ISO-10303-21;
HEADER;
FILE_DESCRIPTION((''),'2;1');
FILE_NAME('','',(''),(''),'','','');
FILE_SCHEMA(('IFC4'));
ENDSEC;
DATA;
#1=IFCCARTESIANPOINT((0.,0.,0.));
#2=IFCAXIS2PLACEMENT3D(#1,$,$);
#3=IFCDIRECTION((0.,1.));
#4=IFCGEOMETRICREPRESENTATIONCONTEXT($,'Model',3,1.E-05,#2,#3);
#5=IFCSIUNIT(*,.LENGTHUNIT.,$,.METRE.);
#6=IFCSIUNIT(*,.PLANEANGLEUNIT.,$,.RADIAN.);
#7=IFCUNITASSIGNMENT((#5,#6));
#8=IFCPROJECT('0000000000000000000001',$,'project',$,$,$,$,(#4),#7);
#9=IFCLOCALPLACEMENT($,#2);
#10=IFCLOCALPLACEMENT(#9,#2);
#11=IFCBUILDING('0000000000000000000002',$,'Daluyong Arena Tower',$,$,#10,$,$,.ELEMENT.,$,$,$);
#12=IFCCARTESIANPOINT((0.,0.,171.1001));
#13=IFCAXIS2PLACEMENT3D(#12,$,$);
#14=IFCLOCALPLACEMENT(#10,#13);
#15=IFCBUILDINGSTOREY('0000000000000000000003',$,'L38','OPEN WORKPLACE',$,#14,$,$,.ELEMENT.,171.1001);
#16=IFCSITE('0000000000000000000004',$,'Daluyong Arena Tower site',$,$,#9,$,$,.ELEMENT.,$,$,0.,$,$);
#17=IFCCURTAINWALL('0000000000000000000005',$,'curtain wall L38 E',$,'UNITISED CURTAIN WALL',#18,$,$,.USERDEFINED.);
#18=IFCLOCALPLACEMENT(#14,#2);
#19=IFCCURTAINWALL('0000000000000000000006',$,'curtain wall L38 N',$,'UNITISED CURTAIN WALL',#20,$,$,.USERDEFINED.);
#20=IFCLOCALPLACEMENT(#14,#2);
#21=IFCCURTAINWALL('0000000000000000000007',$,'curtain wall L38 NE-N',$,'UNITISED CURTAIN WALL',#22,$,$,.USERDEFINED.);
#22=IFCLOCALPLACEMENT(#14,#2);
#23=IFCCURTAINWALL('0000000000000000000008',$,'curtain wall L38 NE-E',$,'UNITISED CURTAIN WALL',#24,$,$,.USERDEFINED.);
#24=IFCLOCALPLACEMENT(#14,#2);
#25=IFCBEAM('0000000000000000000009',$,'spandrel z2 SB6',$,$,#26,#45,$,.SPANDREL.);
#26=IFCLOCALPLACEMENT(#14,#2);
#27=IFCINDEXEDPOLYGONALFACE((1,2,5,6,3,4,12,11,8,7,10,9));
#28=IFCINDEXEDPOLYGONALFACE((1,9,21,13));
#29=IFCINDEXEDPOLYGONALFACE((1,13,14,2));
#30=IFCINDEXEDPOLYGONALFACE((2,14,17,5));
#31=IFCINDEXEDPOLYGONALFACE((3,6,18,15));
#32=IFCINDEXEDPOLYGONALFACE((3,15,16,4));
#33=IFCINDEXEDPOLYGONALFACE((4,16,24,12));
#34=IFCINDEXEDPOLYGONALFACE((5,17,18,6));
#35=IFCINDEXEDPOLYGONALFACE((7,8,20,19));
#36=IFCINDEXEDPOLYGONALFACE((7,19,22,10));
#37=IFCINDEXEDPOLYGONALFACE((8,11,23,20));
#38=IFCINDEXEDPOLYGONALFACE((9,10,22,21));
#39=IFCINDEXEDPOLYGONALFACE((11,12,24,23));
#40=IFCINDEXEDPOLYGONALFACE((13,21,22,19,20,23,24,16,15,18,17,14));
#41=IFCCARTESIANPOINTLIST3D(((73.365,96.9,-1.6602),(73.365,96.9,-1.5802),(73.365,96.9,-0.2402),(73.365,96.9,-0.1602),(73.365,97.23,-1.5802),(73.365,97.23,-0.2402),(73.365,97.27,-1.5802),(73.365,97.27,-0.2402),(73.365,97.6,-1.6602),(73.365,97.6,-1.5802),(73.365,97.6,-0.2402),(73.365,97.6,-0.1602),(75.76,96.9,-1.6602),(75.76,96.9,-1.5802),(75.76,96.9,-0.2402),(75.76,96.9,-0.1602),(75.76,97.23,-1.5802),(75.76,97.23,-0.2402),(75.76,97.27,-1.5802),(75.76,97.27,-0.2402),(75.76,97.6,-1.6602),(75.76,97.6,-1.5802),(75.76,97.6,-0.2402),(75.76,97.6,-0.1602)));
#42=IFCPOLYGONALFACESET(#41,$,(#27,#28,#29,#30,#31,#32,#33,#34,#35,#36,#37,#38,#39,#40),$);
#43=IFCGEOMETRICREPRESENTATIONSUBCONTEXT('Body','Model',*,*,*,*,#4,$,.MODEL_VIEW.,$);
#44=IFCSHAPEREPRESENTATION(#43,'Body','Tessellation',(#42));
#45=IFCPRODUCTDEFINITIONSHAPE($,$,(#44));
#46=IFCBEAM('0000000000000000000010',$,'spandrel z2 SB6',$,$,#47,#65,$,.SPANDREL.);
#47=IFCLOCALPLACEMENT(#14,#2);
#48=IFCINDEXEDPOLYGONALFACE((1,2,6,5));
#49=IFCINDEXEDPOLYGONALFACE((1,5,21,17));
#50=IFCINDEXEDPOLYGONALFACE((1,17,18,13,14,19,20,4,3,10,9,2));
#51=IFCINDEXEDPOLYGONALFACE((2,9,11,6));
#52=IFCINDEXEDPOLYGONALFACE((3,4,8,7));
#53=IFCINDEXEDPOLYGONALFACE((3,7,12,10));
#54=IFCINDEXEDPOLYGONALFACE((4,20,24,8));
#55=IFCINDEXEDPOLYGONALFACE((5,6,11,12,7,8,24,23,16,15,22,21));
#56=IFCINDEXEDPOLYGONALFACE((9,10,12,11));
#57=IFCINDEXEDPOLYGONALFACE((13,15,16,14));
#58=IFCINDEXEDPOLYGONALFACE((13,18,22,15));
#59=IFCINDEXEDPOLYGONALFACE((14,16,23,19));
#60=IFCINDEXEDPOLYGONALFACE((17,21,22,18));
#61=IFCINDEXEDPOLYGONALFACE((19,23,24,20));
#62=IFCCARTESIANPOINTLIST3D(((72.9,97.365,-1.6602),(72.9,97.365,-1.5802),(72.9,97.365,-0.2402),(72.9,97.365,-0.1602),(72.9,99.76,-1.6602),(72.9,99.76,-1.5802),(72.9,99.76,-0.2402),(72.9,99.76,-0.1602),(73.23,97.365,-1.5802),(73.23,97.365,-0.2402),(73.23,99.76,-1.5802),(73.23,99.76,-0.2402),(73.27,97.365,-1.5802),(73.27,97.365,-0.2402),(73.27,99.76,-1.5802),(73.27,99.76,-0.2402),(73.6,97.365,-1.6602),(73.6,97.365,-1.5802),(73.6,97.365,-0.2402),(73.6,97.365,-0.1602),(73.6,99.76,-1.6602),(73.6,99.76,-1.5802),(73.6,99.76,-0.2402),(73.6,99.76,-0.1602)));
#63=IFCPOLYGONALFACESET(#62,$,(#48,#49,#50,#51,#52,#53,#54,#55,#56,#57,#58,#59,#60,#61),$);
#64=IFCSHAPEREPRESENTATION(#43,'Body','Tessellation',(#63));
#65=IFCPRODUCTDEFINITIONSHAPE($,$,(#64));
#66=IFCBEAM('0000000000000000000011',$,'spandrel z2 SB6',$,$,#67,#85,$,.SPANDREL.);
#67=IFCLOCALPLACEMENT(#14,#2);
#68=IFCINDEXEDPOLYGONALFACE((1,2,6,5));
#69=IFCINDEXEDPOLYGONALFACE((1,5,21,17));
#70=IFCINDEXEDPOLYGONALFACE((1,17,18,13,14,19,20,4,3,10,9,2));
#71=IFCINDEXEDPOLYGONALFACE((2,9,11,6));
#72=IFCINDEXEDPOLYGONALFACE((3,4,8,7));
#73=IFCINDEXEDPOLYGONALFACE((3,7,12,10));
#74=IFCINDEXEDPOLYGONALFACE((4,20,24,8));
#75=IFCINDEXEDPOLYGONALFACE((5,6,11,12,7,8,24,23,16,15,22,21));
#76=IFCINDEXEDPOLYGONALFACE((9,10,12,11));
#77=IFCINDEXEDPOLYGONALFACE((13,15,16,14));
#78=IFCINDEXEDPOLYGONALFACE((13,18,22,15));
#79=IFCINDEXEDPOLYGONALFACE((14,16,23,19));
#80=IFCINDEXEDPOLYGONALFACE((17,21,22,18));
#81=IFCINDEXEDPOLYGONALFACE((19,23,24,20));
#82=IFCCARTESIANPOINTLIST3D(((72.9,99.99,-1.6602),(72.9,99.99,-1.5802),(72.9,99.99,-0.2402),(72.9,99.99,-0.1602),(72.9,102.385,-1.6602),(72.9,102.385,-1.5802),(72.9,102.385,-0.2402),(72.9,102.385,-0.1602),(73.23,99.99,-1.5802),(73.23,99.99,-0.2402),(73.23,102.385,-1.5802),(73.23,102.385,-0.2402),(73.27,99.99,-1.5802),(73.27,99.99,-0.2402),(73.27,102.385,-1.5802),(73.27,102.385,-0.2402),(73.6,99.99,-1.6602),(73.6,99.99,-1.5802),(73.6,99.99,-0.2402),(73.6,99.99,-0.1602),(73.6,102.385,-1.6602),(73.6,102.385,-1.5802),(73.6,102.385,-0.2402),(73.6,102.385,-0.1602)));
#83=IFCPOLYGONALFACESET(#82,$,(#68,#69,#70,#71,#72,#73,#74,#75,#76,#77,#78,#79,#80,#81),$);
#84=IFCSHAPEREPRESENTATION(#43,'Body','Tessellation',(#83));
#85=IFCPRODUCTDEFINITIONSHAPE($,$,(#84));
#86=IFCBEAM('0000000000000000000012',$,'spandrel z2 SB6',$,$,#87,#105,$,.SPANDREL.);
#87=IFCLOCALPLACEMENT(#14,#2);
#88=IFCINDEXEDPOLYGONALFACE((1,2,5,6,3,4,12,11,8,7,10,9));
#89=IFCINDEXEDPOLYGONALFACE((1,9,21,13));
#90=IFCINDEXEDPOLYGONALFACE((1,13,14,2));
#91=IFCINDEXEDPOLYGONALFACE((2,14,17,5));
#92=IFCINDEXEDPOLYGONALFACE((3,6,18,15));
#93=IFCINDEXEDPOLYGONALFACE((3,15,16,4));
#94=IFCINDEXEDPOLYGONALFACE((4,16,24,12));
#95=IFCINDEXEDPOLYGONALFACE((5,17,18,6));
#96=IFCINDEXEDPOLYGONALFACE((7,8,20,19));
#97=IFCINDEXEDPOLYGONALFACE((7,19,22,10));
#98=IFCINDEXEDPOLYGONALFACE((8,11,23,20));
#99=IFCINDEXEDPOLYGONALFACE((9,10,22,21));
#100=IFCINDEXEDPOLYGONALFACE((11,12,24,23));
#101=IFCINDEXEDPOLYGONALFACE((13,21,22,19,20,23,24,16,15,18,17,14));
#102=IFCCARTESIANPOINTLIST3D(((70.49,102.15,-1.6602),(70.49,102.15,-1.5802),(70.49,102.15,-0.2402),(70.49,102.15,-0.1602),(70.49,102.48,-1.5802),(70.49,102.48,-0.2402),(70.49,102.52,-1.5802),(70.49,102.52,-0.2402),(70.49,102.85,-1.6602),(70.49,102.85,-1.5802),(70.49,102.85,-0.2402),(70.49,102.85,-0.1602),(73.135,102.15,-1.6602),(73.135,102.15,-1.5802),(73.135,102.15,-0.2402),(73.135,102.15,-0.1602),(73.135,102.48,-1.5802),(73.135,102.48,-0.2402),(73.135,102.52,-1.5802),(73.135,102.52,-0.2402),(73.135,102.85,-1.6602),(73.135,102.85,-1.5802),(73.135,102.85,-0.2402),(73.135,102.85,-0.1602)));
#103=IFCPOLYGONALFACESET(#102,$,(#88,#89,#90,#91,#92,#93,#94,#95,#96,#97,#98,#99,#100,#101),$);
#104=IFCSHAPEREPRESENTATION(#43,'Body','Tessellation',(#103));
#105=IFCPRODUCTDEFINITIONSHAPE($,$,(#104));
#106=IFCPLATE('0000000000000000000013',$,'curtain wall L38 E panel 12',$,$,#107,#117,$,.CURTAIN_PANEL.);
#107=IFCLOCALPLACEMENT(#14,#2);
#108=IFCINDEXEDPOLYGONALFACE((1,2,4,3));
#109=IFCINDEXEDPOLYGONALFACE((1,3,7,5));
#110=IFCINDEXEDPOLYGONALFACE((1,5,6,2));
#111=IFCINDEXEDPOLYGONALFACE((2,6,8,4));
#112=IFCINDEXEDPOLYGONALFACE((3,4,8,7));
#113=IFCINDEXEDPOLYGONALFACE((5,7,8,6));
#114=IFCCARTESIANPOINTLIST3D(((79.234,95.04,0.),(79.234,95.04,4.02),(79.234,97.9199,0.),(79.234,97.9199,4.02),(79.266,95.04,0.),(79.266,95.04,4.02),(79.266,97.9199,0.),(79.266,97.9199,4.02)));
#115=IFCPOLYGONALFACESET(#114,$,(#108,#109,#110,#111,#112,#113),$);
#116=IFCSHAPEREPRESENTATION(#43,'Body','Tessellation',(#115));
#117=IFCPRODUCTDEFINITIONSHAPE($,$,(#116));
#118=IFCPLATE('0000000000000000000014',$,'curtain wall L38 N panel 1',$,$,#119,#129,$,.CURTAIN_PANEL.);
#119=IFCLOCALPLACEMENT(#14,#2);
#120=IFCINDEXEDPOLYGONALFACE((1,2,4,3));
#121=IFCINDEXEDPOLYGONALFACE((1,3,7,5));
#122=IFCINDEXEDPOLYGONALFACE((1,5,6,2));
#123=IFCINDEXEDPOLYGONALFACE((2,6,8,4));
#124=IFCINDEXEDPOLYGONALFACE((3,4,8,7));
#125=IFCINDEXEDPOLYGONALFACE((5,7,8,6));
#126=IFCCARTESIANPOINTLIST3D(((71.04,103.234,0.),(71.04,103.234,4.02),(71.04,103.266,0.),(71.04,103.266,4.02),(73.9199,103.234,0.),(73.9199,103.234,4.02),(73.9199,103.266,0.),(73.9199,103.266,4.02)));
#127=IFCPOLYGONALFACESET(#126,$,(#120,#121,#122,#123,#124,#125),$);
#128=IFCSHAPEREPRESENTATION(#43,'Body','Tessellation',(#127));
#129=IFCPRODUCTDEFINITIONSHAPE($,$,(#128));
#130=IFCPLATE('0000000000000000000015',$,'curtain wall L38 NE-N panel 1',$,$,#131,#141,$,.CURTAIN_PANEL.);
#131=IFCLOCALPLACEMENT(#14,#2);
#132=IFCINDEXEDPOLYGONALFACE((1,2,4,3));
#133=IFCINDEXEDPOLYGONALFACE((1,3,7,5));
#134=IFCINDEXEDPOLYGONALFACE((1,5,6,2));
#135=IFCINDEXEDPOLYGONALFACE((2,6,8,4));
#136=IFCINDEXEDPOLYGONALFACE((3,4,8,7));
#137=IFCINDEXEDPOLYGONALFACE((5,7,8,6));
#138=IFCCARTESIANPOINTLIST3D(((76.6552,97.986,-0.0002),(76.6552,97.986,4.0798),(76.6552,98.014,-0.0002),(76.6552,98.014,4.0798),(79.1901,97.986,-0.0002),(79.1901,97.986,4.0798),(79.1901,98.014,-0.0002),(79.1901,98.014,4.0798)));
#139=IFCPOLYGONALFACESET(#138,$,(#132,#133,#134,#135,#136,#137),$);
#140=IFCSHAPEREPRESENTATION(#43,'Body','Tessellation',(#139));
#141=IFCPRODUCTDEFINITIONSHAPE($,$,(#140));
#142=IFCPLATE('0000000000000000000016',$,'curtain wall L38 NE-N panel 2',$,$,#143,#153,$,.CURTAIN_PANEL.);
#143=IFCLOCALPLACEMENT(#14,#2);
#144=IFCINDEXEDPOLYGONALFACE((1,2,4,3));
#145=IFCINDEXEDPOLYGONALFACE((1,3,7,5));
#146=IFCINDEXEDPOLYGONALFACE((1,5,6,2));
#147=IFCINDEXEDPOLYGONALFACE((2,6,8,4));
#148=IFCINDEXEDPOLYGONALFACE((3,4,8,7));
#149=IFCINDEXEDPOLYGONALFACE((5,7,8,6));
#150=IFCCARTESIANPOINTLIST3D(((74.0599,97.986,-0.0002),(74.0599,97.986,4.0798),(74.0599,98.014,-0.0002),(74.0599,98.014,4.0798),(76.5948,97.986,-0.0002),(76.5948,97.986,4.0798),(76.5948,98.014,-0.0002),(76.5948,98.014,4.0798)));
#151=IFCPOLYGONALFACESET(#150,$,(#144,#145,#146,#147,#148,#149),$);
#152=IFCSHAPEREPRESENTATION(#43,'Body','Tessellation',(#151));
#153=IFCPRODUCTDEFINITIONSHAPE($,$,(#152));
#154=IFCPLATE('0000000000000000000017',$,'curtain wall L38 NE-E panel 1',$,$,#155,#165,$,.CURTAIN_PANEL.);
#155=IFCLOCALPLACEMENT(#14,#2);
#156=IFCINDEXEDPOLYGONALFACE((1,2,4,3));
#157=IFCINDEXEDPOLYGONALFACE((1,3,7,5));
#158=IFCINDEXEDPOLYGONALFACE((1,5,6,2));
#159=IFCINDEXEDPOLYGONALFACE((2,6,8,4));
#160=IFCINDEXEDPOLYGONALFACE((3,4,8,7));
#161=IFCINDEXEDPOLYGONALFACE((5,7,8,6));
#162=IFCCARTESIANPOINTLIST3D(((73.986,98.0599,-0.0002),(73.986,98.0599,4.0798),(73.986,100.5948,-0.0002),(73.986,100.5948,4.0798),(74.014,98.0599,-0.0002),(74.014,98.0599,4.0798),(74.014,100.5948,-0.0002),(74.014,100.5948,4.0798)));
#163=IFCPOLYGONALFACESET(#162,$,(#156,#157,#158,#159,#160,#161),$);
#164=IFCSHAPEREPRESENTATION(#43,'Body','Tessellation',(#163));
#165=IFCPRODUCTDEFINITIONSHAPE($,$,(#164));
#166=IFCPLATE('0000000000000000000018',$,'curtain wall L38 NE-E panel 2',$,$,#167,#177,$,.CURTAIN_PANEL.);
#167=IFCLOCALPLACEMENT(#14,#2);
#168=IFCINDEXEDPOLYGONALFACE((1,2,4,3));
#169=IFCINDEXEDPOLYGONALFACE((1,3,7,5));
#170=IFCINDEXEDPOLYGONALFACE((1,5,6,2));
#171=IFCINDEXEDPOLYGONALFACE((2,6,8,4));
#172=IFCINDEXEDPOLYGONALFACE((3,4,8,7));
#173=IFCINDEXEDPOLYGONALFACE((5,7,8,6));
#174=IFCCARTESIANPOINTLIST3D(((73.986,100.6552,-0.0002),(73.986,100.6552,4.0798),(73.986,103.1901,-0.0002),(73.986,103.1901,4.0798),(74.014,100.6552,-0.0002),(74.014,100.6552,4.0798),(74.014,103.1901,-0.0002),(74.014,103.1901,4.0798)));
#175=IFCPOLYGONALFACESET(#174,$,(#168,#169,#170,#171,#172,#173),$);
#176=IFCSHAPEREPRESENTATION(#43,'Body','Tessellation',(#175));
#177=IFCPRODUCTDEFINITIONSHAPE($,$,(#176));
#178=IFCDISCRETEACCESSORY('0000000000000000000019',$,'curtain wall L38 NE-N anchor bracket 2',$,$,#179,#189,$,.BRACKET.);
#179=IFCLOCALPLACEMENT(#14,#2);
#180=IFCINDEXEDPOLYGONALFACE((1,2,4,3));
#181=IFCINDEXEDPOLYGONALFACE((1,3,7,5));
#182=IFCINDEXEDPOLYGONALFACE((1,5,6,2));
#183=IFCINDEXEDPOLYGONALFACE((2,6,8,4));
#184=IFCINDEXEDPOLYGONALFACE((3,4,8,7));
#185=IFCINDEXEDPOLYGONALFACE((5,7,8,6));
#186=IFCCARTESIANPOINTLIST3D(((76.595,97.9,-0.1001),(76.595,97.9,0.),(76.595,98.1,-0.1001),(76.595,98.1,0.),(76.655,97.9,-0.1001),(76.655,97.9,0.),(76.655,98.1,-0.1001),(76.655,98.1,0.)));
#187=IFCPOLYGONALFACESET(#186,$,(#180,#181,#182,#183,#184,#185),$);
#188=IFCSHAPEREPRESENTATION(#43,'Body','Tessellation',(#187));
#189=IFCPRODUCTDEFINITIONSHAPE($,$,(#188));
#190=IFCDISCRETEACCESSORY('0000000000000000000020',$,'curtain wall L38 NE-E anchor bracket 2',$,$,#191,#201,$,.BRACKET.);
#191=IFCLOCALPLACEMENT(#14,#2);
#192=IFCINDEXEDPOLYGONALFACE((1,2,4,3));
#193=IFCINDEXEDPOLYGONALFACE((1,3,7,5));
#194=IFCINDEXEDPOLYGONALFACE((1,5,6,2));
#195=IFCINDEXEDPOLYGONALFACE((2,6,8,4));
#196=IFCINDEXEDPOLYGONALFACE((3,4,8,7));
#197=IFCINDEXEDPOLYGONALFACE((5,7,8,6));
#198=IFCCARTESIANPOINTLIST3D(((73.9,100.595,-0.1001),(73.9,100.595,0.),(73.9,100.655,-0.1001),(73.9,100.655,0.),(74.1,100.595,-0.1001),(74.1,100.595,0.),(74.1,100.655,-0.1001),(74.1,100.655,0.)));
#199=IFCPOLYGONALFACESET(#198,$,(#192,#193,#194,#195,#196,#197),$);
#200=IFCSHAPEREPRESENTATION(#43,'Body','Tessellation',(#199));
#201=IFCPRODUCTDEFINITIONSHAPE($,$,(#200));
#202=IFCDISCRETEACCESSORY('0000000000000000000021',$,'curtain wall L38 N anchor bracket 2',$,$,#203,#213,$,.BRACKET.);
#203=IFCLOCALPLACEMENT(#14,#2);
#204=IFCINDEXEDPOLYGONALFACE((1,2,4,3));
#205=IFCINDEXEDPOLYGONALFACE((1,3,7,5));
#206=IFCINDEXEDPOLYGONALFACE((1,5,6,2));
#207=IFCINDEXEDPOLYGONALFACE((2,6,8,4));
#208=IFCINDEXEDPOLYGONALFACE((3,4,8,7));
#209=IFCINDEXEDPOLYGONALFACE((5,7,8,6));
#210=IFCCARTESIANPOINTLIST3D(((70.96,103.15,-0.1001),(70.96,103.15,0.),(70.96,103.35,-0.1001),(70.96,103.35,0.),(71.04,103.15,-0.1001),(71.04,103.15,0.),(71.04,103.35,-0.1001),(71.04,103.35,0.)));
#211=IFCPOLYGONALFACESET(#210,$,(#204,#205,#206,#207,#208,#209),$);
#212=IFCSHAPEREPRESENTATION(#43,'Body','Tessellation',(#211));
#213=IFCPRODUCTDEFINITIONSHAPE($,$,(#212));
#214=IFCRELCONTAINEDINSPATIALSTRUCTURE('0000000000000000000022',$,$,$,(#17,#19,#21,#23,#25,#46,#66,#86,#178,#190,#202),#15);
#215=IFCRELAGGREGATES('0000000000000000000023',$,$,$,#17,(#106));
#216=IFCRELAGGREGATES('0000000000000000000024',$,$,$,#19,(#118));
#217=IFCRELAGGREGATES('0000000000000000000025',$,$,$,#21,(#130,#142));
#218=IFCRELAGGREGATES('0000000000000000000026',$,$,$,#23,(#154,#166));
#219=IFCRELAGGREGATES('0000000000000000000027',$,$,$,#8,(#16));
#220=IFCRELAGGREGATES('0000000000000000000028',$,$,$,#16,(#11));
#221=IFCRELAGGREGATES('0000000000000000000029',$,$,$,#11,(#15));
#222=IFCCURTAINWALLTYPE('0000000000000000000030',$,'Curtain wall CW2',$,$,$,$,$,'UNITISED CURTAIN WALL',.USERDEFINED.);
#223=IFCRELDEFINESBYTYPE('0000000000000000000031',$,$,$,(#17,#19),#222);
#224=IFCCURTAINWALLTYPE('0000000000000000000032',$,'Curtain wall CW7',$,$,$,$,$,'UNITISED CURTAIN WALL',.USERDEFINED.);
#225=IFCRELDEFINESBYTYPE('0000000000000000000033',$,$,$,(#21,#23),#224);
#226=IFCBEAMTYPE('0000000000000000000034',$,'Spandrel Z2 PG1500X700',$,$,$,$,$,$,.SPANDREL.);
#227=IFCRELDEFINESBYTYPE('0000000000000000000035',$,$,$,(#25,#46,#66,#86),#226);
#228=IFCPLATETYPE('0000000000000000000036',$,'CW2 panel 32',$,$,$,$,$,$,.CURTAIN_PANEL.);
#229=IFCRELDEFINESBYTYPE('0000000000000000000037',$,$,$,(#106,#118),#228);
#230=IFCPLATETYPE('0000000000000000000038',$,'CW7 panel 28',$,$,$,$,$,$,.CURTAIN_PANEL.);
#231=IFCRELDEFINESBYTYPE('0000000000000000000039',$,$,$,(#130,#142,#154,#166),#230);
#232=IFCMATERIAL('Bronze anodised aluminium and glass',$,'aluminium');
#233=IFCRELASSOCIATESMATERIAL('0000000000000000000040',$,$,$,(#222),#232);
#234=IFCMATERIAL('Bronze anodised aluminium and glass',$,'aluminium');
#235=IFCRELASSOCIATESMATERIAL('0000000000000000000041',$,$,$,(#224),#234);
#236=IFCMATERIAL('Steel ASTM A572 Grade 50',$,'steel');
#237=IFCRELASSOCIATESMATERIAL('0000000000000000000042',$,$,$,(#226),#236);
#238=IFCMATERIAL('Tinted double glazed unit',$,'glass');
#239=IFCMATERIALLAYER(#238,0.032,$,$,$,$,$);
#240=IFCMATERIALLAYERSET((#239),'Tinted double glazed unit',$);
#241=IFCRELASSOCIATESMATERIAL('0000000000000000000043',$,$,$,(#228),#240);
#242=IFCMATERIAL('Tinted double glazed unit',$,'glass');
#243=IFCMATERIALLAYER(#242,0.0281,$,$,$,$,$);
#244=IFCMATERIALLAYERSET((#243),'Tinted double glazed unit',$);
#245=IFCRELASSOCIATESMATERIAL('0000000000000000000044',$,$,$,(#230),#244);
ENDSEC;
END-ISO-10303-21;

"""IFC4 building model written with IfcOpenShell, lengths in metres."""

from ifc_helpers import new_model, si_unit, direction, frame, origin, origin_2d, place, context, subcontext, project, spatial, rectangle, i_section, extrude, material, layer, layer_set, material_profile, profile_set, type_object, element, aggregate, save


model = new_model("IFC4")

# Units and contexts
model_context = context("Model", 3, precision=1e-05, world=origin(), true_north=direction((0.0, 1.0)))
body_context = subcontext(model_context, "Body", "Model", "MODEL_VIEW")
ifc_project = project(units=[si_unit("LENGTHUNIT", "METRE"), si_unit("PLANEANGLEUNIT", "RADIAN")], contexts=[model_context])

# Site, building, storey
site_placement = place(None, origin())
site = spatial("IfcSite", under=ifc_project, at=site_placement, Name="Daluyong Arena Tower site", CompositionType="ELEMENT", RefElevation=0.0)
building_placement = place(site_placement, origin())
building = spatial("IfcBuilding", under=site, at=building_placement, Name="Daluyong Arena Tower", CompositionType="ELEMENT")
storey_placement = place(building_placement, frame((0.0, 0.0, 171.1001)))
storey = spatial("IfcBuildingStorey", under=building, at=storey_placement, Name="L38", Description="OPEN WORKPLACE", CompositionType="ELEMENT", Elevation=171.1001)

# Curtain wall
ifc_material_1 = material(Name="Bronze anodised aluminium and glass", Category="aluminium")
curtain_wall_type_1 = type_object("IfcCurtainWallType", Name="Curtain wall CW2", ElementType="UNITISED CURTAIN WALL", PredefinedType="USERDEFINED", material=ifc_material_1)
curtain_wall_1_placement = place(storey_placement, origin())
curtain_wall_1 = element("IfcCurtainWall", 1, at=curtain_wall_1_placement, inside=storey, type_object=curtain_wall_type_1, Name="curtain wall L38 E", ObjectType="UNITISED CURTAIN WALL", PredefinedType="USERDEFINED")

# Curtain walls
curtain_wall_2_placement = place(storey_placement, origin())
curtain_wall_2 = element("IfcCurtainWall", 2, at=curtain_wall_2_placement, inside=storey, type_object=curtain_wall_type_1, Name="curtain wall L38 N", ObjectType="UNITISED CURTAIN WALL", PredefinedType="USERDEFINED")
ifc_material_2 = material(Name="Bronze anodised aluminium and glass", Category="aluminium")
curtain_wall_type_2 = type_object("IfcCurtainWallType", Name="Curtain wall CW7", ElementType="UNITISED CURTAIN WALL", PredefinedType="USERDEFINED", material=ifc_material_2)
curtain_wall_3_placement = place(storey_placement, origin())
curtain_wall_3 = element("IfcCurtainWall", 3, at=curtain_wall_3_placement, inside=storey, type_object=curtain_wall_type_2, Name="curtain wall L38 NE-N", ObjectType="UNITISED CURTAIN WALL", PredefinedType="USERDEFINED")
curtain_wall_4_placement = place(storey_placement, origin())
curtain_wall_4 = element("IfcCurtainWall", 4, at=curtain_wall_4_placement, inside=storey, type_object=curtain_wall_type_2, Name="curtain wall L38 NE-E", ObjectType="UNITISED CURTAIN WALL", PredefinedType="USERDEFINED")

# Beams
ifc_material_3 = material(Name="Steel ASTM A572 Grade 50", Category="steel")
ifc_material_profile_1 = material_profile(ifc_material_3, i_section(OverallWidth=0.7, OverallDepth=1.5, WebThickness=0.04, FlangeThickness=0.08, at=origin_2d()))
ifc_profile_set_1 = profile_set([ifc_material_profile_1], Name="Steel ASTM A572 Grade 50")
beam_type_1 = type_object("IfcBeamType", Name="Spandrel Z2 PG1500X700", PredefinedType="SPANDREL", material=ifc_profile_set_1)
for number, where, z_axis, x_axis, name in (
    (5, (75.76, 97.25, -0.9102), (-1.0, 0.0, 0.0), (0.0, -1.0, 0.0), "spandrel z2 SB6"),
    (6, (73.25, 97.365, -0.9102), (0.0, 1.0, 0.0), (-1.0, 0.0, 0.0), "spandrel z2 SB6"),
    (7, (73.25, 99.99, -0.9102), (0.0, 1.0, 0.0), (-1.0, 0.0, 0.0), "spandrel z2 SB6"),
):
    element("IfcBeam", number, at=place(storey_placement, frame(where, z_axis=z_axis, x_axis=x_axis)), inside=storey, type_object=beam_type_1, Name=name, PredefinedType="SPANDREL", context=body_context, shape_type="SweptSolid", body=[
        extrude(i_section(OverallWidth=0.7, OverallDepth=1.5, WebThickness=0.04, FlangeThickness=0.08, at=origin_2d()), origin(), (0.0, 0.0, 1.0), 2.395),
    ])
beam_1_placement = place(storey_placement, frame((73.135, 102.5, -0.9102), z_axis=(-1.0, 0.0, 0.0), x_axis=(0.0, -1.0, 0.0)))
element("IfcBeam", 8, at=beam_1_placement, inside=storey, type_object=beam_type_1, Name="spandrel z2 SB6", PredefinedType="SPANDREL", context=body_context, shape_type="SweptSolid", body=[
    extrude(i_section(OverallWidth=0.7, OverallDepth=1.5, WebThickness=0.04, FlangeThickness=0.08, at=origin_2d()), origin(), (0.0, 0.0, 1.0), 2.645),
])

# Plates
ifc_material_4 = material(Name="Tinted double glazed unit", Category="glass")
ifc_layer_1 = layer(ifc_material_4, 0.032)
ifc_layer_set_1 = layer_set([ifc_layer_1], Name="Tinted double glazed unit")
plate_type_1 = type_object("IfcPlateType", Name="CW2 panel 32", PredefinedType="CURTAIN_PANEL", material=ifc_layer_set_1)
plate_1_placement = place(storey_placement, frame((79.25, 96.48, 0.0), z_axis=(0.0, 0.0, 1.0), x_axis=(0.0, 1.0, 0.0)))
plate_1 = element("IfcPlate", 9, at=plate_1_placement, type_object=plate_type_1, Name="curtain wall L38 E panel 12", PredefinedType="CURTAIN_PANEL", context=body_context, shape_type="SweptSolid", body=[
    extrude(rectangle(XDim=2.8799, YDim=0.032, at=origin_2d()), origin(), (0.0, 0.0, 1.0), 4.02),
])
aggregate(curtain_wall_1, [plate_1])
plate_2_placement = place(storey_placement, frame((72.48, 103.25, 0.0), z_axis=(0.0, 0.0, 1.0), x_axis=(-1.0, 0.0, 0.0)))
plate_2 = element("IfcPlate", 10, at=plate_2_placement, type_object=plate_type_1, Name="curtain wall L38 N panel 1", PredefinedType="CURTAIN_PANEL", context=body_context, shape_type="SweptSolid", body=[
    extrude(rectangle(XDim=2.8799, YDim=0.032, at=origin_2d()), origin(), (0.0, 0.0, 1.0), 4.02),
])
aggregate(curtain_wall_2, [plate_2])
ifc_material_5 = material(Name="Tinted double glazed unit", Category="glass")
ifc_layer_2 = layer(ifc_material_5, 0.0281)
ifc_layer_set_2 = layer_set([ifc_layer_2], Name="Tinted double glazed unit")
plate_type_2 = type_object("IfcPlateType", Name="CW7 panel 28", PredefinedType="CURTAIN_PANEL", material=ifc_layer_set_2)
plate_3_placement = place(storey_placement, frame((77.9226, 98.0, -0.0002), z_axis=(0.0, 0.0, 1.0), x_axis=(-1.0, 0.0, 0.0)))
plate_3 = element("IfcPlate", 11, at=plate_3_placement, type_object=plate_type_2, Name="curtain wall L38 NE-N panel 1", PredefinedType="CURTAIN_PANEL", context=body_context, shape_type="SweptSolid", body=[
    extrude(rectangle(XDim=2.5349, YDim=0.0281, at=origin_2d()), origin(), (0.0, 0.0, 1.0), 4.0801),
])
plate_4_placement = place(storey_placement, frame((75.3274, 98.0, -0.0002), z_axis=(0.0, 0.0, 1.0), x_axis=(-1.0, 0.0, 0.0)))
plate_4 = element("IfcPlate", 12, at=plate_4_placement, type_object=plate_type_2, Name="curtain wall L38 NE-N panel 2", PredefinedType="CURTAIN_PANEL", context=body_context, shape_type="SweptSolid", body=[
    extrude(rectangle(XDim=2.5349, YDim=0.0281, at=origin_2d()), origin(), (0.0, 0.0, 1.0), 4.0801),
])
aggregate(curtain_wall_3, [plate_3, plate_4])
plate_5_placement = place(storey_placement, frame((74.0, 99.3274, -0.0002), z_axis=(0.0, 0.0, 1.0), x_axis=(0.0, 1.0, 0.0)))
plate_5 = element("IfcPlate", 13, at=plate_5_placement, type_object=plate_type_2, Name="curtain wall L38 NE-E panel 1", PredefinedType="CURTAIN_PANEL", context=body_context, shape_type="SweptSolid", body=[
    extrude(rectangle(XDim=2.5349, YDim=0.0281, at=origin_2d()), origin(), (0.0, 0.0, 1.0), 4.0801),
])
plate_6_placement = place(storey_placement, frame((74.0, 101.9226, -0.0002), z_axis=(0.0, 0.0, 1.0), x_axis=(0.0, 1.0, 0.0)))
plate_6 = element("IfcPlate", 14, at=plate_6_placement, type_object=plate_type_2, Name="curtain wall L38 NE-E panel 2", PredefinedType="CURTAIN_PANEL", context=body_context, shape_type="SweptSolid", body=[
    extrude(rectangle(XDim=2.5349, YDim=0.0281, at=origin_2d()), origin(), (0.0, 0.0, 1.0), 4.0801),
])
aggregate(curtain_wall_4, [plate_5, plate_6])

# Discrete accessories
for number, where, z_axis, x_axis, name in (
    (15, (76.625, 98.0, -0.1001), (0.0, 0.0, 1.0), (-1.0, 0.0, 0.0), "curtain wall L38 NE-N anchor bracket 2"),
    (16, (74.0, 100.625, -0.1001), (0.0, 0.0, 1.0), (0.0, 1.0, 0.0), "curtain wall L38 NE-E anchor bracket 2"),
):
    element("IfcDiscreteAccessory", number, at=place(storey_placement, frame(where, z_axis=z_axis, x_axis=x_axis)), inside=storey, Name=name, PredefinedType="BRACKET", context=body_context, shape_type="SweptSolid", body=[
        extrude(rectangle(XDim=0.0601, YDim=0.2, at=origin_2d()), origin(), (0.0, 0.0, 1.0), 0.1001),
    ])
discrete_accessory_placement = place(storey_placement, frame((71.0, 103.25, -0.1001), z_axis=(0.0, 0.0, 1.0), x_axis=(-1.0, 0.0, 0.0)))
element("IfcDiscreteAccessory", 17, at=discrete_accessory_placement, inside=storey, Name="curtain wall L38 N anchor bracket 2", PredefinedType="BRACKET", context=body_context, shape_type="SweptSolid", body=[
    extrude(rectangle(XDim=0.0801, YDim=0.2, at=origin_2d()), origin(), (0.0, 0.0, 1.0), 0.1001),
])

save(model, "model.ifc")
